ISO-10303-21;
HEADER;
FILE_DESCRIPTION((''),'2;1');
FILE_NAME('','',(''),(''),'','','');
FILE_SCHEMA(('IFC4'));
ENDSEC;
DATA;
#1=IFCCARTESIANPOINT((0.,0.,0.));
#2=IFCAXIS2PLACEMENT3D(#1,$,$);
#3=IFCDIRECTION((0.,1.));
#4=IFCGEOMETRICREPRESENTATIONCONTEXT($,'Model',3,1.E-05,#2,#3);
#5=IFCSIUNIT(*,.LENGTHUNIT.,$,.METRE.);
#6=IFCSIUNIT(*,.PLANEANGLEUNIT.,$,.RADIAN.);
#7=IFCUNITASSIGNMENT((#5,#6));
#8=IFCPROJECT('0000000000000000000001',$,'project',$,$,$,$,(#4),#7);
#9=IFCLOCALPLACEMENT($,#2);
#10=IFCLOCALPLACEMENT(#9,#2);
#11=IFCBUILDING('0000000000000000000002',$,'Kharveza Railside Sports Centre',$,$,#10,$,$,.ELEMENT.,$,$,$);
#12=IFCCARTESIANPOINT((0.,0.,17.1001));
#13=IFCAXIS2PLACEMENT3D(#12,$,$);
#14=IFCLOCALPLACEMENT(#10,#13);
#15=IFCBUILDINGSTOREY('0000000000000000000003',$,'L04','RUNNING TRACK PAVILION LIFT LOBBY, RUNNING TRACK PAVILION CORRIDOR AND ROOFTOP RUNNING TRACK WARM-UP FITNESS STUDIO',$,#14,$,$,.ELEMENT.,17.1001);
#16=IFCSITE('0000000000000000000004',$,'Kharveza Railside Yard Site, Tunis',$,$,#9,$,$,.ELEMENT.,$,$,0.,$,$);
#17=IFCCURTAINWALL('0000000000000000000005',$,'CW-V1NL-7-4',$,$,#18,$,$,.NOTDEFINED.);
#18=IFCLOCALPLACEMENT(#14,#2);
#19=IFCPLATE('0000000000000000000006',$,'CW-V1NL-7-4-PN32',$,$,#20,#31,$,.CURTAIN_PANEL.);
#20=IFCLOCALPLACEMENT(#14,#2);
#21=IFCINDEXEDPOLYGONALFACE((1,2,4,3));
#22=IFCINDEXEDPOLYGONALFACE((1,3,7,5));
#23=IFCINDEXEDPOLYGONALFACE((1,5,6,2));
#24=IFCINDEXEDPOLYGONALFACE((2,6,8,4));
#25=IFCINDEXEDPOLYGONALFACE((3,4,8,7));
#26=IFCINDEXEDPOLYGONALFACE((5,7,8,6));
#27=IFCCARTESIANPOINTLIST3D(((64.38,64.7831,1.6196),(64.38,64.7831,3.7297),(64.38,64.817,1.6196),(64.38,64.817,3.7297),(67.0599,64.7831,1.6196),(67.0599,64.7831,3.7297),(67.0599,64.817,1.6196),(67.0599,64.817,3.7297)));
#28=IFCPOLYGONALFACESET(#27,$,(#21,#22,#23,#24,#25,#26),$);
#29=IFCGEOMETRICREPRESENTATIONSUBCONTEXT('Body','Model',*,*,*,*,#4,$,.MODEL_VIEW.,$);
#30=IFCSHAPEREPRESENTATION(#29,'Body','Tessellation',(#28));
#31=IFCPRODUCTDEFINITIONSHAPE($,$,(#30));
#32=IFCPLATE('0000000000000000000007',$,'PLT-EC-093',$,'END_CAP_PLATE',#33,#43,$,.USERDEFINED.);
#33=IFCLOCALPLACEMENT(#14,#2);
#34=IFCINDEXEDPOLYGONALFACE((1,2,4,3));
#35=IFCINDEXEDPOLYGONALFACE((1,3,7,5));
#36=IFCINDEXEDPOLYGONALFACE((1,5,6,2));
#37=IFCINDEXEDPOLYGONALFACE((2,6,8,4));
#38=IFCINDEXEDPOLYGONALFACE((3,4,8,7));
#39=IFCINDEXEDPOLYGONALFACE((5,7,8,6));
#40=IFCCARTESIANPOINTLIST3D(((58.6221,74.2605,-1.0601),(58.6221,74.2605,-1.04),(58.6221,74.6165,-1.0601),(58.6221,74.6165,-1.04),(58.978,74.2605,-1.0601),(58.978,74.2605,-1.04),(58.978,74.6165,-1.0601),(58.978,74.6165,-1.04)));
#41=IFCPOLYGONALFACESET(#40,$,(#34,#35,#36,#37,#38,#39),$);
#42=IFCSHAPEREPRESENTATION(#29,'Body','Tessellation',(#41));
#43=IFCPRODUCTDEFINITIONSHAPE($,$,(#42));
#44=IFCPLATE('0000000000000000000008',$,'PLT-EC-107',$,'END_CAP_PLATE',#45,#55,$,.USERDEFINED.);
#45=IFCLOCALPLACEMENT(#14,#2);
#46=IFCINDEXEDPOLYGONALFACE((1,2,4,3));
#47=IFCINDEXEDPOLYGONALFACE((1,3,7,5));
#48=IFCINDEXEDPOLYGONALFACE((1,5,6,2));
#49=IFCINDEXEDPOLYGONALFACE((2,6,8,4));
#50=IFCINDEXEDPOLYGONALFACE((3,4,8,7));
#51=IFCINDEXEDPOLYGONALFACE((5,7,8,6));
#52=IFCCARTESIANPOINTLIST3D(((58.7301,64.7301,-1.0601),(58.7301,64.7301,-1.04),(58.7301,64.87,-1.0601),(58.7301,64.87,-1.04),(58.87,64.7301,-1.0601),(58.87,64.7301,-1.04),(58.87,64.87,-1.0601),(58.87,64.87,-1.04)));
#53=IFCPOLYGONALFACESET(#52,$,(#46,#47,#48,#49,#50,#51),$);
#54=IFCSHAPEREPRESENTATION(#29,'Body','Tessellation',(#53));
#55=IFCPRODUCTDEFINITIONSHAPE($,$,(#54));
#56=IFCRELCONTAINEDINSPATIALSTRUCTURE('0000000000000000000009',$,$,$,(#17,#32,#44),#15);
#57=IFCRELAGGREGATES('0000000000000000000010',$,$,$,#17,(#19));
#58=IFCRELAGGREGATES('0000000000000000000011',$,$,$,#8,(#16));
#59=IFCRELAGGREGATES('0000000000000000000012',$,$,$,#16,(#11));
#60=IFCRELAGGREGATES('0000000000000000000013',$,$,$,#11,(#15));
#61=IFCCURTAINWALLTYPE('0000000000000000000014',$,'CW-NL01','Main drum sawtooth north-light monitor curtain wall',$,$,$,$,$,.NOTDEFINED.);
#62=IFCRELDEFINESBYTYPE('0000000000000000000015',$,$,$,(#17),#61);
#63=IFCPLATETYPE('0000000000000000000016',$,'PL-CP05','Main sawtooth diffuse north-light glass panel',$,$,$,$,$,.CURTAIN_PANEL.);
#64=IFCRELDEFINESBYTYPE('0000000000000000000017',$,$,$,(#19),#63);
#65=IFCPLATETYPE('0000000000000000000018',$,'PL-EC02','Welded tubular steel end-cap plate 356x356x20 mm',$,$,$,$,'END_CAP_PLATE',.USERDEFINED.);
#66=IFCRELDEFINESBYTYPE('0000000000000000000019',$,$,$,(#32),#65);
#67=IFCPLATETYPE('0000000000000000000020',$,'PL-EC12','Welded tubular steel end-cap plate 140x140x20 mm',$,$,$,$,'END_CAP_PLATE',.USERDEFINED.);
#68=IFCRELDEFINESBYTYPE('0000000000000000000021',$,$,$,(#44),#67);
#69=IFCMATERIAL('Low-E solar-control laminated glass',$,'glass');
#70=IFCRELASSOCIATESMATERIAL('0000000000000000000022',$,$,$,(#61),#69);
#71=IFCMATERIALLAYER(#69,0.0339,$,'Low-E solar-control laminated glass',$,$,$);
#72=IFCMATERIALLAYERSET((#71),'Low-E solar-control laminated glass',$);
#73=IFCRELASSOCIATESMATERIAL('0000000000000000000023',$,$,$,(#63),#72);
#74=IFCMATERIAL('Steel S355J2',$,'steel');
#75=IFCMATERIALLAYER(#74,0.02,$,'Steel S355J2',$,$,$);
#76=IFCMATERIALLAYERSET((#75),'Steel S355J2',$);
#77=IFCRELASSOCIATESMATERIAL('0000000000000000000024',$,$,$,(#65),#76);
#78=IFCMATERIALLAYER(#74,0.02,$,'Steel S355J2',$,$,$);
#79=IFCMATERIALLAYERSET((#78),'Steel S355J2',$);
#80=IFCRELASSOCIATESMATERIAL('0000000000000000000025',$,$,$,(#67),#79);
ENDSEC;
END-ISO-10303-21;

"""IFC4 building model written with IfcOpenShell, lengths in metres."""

from ifc_helpers import new_model, si_unit, direction, frame, origin, origin_2d, place, context, subcontext, project, spatial, rectangle, extrude, material, layer, layer_set, type_object, element, aggregate, save


model = new_model("IFC4")

# Units and contexts
model_context = context("Model", 3, precision=1e-05, world=origin(), true_north=direction((0.0, 1.0)))
body_context = subcontext(model_context, "Body", "Model", "MODEL_VIEW")
ifc_project = project(units=[si_unit("LENGTHUNIT", "METRE"), si_unit("PLANEANGLEUNIT", "RADIAN")], contexts=[model_context])

# Site, building, storey
site_placement = place(None, origin())
site = spatial("IfcSite", under=ifc_project, at=site_placement, Name="Kharveza Railside Yard Site, Tunis", CompositionType="ELEMENT", RefElevation=0.0)
building_placement = place(site_placement, origin())
building = spatial("IfcBuilding", under=site, at=building_placement, Name="Kharveza Railside Sports Centre", CompositionType="ELEMENT")
storey_placement = place(building_placement, frame((0.0, 0.0, 17.1001)))
storey = spatial("IfcBuildingStorey", under=building, at=storey_placement, Name="L04", Description="RUNNING TRACK PAVILION LIFT LOBBY, RUNNING TRACK PAVILION CORRIDOR AND ROOFTOP RUNNING TRACK WARM-UP FITNESS STUDIO", CompositionType="ELEMENT", Elevation=17.1001)

# Shared definitions
ifc_material_1 = material(Name="Low-E solar-control laminated glass", Category="glass")
curtain_wall_type = type_object("IfcCurtainWallType", Name="CW-NL01", Description="Main drum sawtooth north-light monitor curtain wall", PredefinedType="NOTDEFINED", material=ifc_material_1)

# Curtain wall
curtain_wall_1_placement = place(storey_placement, origin())
curtain_wall_1 = element("IfcCurtainWall", 1, at=curtain_wall_1_placement, inside=storey, type_object=curtain_wall_type, Name="CW-V1NL-7-4", PredefinedType="NOTDEFINED")

# Shared definitions
ifc_material_2 = material(Name="Steel S355J2", Category="steel")

# Plate
ifc_layer_1 = layer(ifc_material_1, 0.0339, Name="Low-E solar-control laminated glass")
ifc_layer_set_1 = layer_set([ifc_layer_1], Name="Low-E solar-control laminated glass")
plate_type_1 = type_object("IfcPlateType", Name="PL-CP05", Description="Main sawtooth diffuse north-light glass panel", PredefinedType="CURTAIN_PANEL", material=ifc_layer_set_1)
plate_1_placement = place(storey_placement, frame((65.72, 64.8, 1.6196), z_axis=(0.0, 0.0, 1.0), x_axis=(1.0, 0.0, 0.0)))
plate_1 = element("IfcPlate", 2, at=plate_1_placement, type_object=plate_type_1, Name="CW-V1NL-7-4-PN32", PredefinedType="CURTAIN_PANEL", context=body_context, shape_type="SweptSolid", body=[
    extrude(rectangle(XDim=2.6799, YDim=0.0339, at=origin_2d()), origin(), (0.0, 0.0, 1.0), 2.1101),
])
aggregate(curtain_wall_1, [plate_1])

# Plates
ifc_layer_2 = layer(ifc_material_2, 0.02, Name="Steel S355J2")
ifc_layer_set_2 = layer_set([ifc_layer_2], Name="Steel S355J2")
plate_type_2 = type_object("IfcPlateType", Name="PL-EC02", Description="Welded tubular steel end-cap plate 356x356x20 mm", ElementType="END_CAP_PLATE", PredefinedType="USERDEFINED", material=ifc_layer_set_2)
plate_2_placement = place(storey_placement, frame((58.8, 74.4385, -1.0601), z_axis=(0.0, 0.0, 1.0), x_axis=(1.0, 0.0, 0.0)))
element("IfcPlate", 3, at=plate_2_placement, inside=storey, type_object=plate_type_2, Name="PLT-EC-093", ObjectType="END_CAP_PLATE", PredefinedType="USERDEFINED", context=body_context, shape_type="SweptSolid", body=[
    extrude(rectangle(XDim=0.356, YDim=0.356, at=origin_2d()), origin(), (0.0, 0.0, 1.0), 0.02),
])
ifc_layer_3 = layer(ifc_material_2, 0.02, Name="Steel S355J2")
ifc_layer_set_3 = layer_set([ifc_layer_3], Name="Steel S355J2")
plate_type_3 = type_object("IfcPlateType", Name="PL-EC12", Description="Welded tubular steel end-cap plate 140x140x20 mm", ElementType="END_CAP_PLATE", PredefinedType="USERDEFINED", material=ifc_layer_set_3)
plate_3_placement = place(storey_placement, frame((58.8, 64.8, -1.0601), z_axis=(0.0, 0.0, 1.0), x_axis=(1.0, 0.0, 0.0)))
element("IfcPlate", 4, at=plate_3_placement, inside=storey, type_object=plate_type_3, Name="PLT-EC-107", ObjectType="END_CAP_PLATE", PredefinedType="USERDEFINED", context=body_context, shape_type="SweptSolid", body=[
    extrude(rectangle(XDim=0.1399, YDim=0.1399, at=origin_2d()), origin(), (0.0, 0.0, 1.0), 0.02),
])

save(model, "model.ifc")
